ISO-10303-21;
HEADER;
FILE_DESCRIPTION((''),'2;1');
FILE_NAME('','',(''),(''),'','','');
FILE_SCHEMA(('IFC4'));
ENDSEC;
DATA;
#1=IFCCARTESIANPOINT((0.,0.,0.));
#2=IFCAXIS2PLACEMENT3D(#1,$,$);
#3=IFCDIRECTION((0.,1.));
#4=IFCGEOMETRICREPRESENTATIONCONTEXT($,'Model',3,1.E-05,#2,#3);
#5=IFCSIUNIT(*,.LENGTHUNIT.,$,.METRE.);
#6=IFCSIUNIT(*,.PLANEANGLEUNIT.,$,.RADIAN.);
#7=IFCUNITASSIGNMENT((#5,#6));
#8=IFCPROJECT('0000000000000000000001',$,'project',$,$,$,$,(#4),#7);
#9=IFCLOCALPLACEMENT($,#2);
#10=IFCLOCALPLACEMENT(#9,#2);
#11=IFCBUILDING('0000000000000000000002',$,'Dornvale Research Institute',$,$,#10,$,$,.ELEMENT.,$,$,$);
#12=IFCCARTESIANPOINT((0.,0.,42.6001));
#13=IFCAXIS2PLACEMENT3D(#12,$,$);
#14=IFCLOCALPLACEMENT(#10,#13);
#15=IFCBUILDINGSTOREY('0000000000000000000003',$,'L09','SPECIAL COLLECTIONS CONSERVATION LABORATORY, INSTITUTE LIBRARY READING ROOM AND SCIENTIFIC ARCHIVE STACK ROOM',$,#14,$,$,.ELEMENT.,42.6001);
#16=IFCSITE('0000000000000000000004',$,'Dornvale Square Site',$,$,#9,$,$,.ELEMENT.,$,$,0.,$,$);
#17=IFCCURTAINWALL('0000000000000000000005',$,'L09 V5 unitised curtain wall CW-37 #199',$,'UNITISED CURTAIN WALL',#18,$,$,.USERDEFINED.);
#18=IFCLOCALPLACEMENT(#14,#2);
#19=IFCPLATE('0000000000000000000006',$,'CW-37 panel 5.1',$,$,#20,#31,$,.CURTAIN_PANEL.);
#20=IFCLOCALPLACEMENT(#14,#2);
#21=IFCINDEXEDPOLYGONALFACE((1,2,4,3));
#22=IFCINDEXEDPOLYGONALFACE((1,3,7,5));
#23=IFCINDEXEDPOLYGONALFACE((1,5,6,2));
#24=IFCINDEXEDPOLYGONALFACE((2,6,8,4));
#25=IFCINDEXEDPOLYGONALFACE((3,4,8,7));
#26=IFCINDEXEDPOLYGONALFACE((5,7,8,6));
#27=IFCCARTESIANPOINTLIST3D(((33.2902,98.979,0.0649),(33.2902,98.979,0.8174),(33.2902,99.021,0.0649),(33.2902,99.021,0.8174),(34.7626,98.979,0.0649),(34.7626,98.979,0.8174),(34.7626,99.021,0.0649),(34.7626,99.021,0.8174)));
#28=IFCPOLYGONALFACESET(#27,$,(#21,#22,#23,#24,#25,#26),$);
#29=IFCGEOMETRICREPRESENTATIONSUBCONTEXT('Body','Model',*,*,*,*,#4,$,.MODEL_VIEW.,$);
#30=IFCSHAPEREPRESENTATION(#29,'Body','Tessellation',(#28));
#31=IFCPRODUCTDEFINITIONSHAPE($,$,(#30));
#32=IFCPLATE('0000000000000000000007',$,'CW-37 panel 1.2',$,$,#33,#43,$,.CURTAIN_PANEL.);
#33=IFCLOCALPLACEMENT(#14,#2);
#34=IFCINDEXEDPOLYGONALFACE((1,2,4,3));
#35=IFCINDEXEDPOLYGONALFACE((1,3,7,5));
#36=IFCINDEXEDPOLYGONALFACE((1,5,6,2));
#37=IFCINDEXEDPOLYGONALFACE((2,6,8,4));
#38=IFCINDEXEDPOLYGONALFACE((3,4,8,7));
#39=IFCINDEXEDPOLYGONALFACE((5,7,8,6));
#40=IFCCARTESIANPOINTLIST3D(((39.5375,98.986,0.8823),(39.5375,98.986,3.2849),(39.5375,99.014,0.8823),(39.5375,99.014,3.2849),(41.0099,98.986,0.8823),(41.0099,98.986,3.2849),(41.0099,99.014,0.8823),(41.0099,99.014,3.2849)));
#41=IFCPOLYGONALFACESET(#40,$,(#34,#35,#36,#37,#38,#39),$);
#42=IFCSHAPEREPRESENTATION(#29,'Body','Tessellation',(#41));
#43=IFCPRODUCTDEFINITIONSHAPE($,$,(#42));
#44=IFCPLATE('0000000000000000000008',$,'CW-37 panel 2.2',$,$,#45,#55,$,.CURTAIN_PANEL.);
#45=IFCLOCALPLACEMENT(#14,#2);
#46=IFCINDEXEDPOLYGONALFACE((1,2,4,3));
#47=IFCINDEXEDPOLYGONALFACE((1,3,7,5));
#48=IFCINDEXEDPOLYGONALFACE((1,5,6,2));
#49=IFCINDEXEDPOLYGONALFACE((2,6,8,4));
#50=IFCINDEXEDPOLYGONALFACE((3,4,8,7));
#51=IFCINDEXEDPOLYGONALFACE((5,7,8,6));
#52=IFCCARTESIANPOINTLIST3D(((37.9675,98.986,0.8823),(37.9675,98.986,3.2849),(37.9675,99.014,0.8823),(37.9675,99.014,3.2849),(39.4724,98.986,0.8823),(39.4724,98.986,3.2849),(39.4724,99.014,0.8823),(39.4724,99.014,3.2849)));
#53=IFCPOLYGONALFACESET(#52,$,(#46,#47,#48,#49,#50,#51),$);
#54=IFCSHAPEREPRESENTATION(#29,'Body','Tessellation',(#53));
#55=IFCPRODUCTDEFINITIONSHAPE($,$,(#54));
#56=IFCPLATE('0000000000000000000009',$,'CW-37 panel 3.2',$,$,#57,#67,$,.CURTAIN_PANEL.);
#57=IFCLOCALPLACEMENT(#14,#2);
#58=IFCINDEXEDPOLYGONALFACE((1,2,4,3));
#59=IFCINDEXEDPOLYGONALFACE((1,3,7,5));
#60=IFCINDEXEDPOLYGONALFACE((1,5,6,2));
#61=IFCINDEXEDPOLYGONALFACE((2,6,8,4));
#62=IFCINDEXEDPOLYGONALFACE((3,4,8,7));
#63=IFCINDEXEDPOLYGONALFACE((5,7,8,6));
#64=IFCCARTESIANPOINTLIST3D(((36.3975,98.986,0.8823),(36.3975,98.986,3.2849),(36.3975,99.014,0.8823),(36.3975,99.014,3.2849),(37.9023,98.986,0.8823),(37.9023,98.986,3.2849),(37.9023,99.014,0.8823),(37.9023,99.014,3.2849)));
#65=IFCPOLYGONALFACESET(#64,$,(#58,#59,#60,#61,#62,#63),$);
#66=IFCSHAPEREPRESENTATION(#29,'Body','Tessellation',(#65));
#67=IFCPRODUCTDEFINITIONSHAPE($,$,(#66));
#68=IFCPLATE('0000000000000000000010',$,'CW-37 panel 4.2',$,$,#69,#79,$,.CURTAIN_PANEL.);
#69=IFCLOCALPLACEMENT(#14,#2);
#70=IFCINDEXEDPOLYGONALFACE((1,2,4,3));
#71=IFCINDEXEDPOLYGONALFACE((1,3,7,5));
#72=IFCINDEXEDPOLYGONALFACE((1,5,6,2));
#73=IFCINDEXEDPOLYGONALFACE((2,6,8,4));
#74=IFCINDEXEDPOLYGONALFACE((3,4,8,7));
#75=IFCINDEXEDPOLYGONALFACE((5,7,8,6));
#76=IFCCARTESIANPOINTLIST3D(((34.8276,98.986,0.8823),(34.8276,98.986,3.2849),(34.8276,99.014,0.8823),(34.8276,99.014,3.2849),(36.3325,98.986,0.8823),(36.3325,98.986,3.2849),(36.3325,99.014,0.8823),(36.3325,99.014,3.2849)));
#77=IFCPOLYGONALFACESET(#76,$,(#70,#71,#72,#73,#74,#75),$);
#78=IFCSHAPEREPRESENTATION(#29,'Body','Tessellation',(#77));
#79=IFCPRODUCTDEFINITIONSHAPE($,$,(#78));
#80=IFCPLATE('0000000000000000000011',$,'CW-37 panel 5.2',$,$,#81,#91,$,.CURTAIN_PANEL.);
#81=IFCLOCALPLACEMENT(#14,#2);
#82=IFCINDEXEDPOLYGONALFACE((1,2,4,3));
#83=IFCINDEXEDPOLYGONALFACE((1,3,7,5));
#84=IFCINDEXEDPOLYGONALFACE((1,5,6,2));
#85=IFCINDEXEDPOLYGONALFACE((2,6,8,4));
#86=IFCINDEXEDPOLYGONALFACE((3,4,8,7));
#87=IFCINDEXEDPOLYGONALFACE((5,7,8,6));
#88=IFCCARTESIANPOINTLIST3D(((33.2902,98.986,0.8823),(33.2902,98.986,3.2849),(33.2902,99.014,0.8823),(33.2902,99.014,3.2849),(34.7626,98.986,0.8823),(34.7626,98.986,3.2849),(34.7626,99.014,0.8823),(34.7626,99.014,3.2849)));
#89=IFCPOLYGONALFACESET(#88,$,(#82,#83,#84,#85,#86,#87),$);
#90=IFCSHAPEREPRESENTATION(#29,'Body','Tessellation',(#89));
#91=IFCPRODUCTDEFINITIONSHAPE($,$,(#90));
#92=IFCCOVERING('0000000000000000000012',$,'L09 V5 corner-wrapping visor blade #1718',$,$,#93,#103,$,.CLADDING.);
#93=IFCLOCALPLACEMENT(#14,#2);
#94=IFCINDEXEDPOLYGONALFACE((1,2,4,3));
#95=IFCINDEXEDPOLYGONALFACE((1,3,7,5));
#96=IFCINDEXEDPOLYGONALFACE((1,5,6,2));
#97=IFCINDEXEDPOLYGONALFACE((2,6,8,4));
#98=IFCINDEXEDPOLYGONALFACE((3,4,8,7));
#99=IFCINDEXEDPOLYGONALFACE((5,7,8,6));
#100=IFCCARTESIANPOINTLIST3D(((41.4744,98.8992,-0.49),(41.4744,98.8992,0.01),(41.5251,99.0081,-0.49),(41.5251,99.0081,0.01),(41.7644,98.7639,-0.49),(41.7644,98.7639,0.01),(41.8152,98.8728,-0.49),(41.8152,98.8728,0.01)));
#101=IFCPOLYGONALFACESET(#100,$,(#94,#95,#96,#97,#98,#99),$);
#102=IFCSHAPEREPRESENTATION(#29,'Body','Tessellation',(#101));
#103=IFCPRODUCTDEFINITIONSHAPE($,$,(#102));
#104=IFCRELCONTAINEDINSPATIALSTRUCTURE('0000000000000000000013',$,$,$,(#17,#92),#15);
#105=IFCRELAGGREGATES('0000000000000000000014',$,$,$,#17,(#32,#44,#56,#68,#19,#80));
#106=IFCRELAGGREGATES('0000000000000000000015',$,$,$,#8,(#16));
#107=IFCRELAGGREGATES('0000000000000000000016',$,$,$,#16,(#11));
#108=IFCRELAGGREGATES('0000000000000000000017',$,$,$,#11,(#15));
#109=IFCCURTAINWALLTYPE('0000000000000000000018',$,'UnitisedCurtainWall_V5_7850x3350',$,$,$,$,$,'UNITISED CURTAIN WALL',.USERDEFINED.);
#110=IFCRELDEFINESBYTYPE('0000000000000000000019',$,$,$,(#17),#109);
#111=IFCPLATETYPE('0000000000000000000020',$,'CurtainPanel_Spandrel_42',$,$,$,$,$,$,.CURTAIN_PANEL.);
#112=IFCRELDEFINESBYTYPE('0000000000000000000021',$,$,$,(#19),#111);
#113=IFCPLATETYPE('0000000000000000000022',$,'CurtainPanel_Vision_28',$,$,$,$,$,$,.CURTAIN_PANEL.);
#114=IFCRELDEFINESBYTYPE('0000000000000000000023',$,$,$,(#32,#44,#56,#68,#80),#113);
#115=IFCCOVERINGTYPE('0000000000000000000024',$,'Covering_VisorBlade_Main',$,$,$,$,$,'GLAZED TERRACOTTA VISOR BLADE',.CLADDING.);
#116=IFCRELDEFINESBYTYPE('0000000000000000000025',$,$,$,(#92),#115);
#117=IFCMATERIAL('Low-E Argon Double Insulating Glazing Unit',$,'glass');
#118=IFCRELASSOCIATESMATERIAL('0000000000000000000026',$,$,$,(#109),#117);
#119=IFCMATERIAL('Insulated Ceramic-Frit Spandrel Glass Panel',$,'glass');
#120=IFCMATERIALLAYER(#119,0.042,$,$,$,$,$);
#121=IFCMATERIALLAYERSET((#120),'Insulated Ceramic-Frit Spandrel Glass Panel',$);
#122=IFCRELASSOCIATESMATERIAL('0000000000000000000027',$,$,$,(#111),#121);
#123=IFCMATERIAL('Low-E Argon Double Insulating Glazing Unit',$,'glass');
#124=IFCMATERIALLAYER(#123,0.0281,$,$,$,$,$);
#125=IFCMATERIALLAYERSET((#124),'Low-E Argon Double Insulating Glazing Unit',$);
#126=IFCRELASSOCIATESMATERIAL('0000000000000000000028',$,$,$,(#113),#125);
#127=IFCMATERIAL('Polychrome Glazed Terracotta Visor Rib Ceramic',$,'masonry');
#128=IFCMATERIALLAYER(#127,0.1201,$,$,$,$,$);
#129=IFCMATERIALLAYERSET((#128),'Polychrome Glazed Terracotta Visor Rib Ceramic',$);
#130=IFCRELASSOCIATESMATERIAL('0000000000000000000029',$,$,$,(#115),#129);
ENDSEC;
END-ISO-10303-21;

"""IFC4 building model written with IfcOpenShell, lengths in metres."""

from ifc_helpers import new_model, si_unit, direction, frame, origin, origin_2d, place, context, subcontext, project, spatial, rectangle, extrude, material, layer, layer_set, type_object, element, aggregate, save


model = new_model("IFC4")

# Units and contexts
model_context = context("Model", 3, precision=1e-05, world=origin(), true_north=direction((0.0, 1.0)))
body_context = subcontext(model_context, "Body", "Model", "MODEL_VIEW")
ifc_project = project(units=[si_unit("LENGTHUNIT", "METRE"), si_unit("PLANEANGLEUNIT", "RADIAN")], contexts=[model_context])

# Site, building, storey
site_placement = place(None, origin())
site = spatial("IfcSite", under=ifc_project, at=site_placement, Name="Dornvale Square Site", CompositionType="ELEMENT", RefElevation=0.0)
building_placement = place(site_placement, origin())
building = spatial("IfcBuilding", under=site, at=building_placement, Name="Dornvale Research Institute", CompositionType="ELEMENT")
storey_placement = place(building_placement, frame((0.0, 0.0, 42.6001)))
storey = spatial("IfcBuildingStorey", under=building, at=storey_placement, Name="L09", Description="SPECIAL COLLECTIONS CONSERVATION LABORATORY, INSTITUTE LIBRARY READING ROOM AND SCIENTIFIC ARCHIVE STACK ROOM", CompositionType="ELEMENT", Elevation=42.6001)

# Curtain wall
ifc_material_1 = material(Name="Low-E Argon Double Insulating Glazing Unit", Category="glass")
curtain_wall_type = type_object("IfcCurtainWallType", Name="UnitisedCurtainWall_V5_7850x3350", ElementType="UNITISED CURTAIN WALL", PredefinedType="USERDEFINED", material=ifc_material_1)
curtain_wall_placement = place(storey_placement, origin())
curtain_wall = element("IfcCurtainWall", 1, at=curtain_wall_placement, inside=storey, type_object=curtain_wall_type, Name="L09 V5 unitised curtain wall CW-37 #199", ObjectType="UNITISED CURTAIN WALL", PredefinedType="USERDEFINED")

# Plates
ifc_material_2 = material(Name="Insulated Ceramic-Frit Spandrel Glass Panel", Category="glass")
ifc_layer_1 = layer(ifc_material_2, 0.042)
ifc_layer_set_1 = layer_set([ifc_layer_1], Name="Insulated Ceramic-Frit Spandrel Glass Panel")
plate_type_1 = type_object("IfcPlateType", Name="CurtainPanel_Spandrel_42", PredefinedType="CURTAIN_PANEL", material=ifc_layer_set_1)
plate_1_placement = place(storey_placement, frame((34.0264, 99.0, 0.0649), z_axis=(0.0, 0.0, 1.0), x_axis=(-1.0, 0.0, 0.0)))
plate_1 = element("IfcPlate", 2, at=plate_1_placement, type_object=plate_type_1, Name="CW-37 panel 5.1", PredefinedType="CURTAIN_PANEL", context=body_context, shape_type="SweptSolid", body=[
    extrude(rectangle(XDim=1.4724, YDim=0.042, at=origin_2d()), origin(), (0.0, 0.0, 1.0), 0.7524),
])
ifc_material_3 = material(Name="Low-E Argon Double Insulating Glazing Unit", Category="glass")
ifc_layer_2 = layer(ifc_material_3, 0.0281)
ifc_layer_set_2 = layer_set([ifc_layer_2], Name="Low-E Argon Double Insulating Glazing Unit")
plate_type_2 = type_object("IfcPlateType", Name="CurtainPanel_Vision_28", PredefinedType="CURTAIN_PANEL", material=ifc_layer_set_2)
plate_2_placement = place(storey_placement, frame((40.2737, 99.0, 0.8823), z_axis=(0.0, 0.0, 1.0), x_axis=(-1.0, 0.0, 0.0)))
plate_2 = element("IfcPlate", 3, at=plate_2_placement, type_object=plate_type_2, Name="CW-37 panel 1.2", PredefinedType="CURTAIN_PANEL", context=body_context, shape_type="SweptSolid", body=[
    extrude(rectangle(XDim=1.4724, YDim=0.0281, at=origin_2d()), origin(), (0.0, 0.0, 1.0), 2.4026),
])
plate_3_placement = place(storey_placement, frame((38.72, 99.0, 0.8823), z_axis=(0.0, 0.0, 1.0), x_axis=(-1.0, 0.0, 0.0)))
plate_3 = element("IfcPlate", 4, at=plate_3_placement, type_object=plate_type_2, Name="CW-37 panel 2.2", PredefinedType="CURTAIN_PANEL", context=body_context, shape_type="SweptSolid", body=[
    extrude(rectangle(XDim=1.5049, YDim=0.0281, at=origin_2d()), origin(), (0.0, 0.0, 1.0), 2.4026),
])
plate_4_placement = place(storey_placement, frame((37.1499, 99.0, 0.8823), z_axis=(0.0, 0.0, 1.0), x_axis=(-1.0, 0.0, 0.0)))
plate_4 = element("IfcPlate", 5, at=plate_4_placement, type_object=plate_type_2, Name="CW-37 panel 3.2", PredefinedType="CURTAIN_PANEL", context=body_context, shape_type="SweptSolid", body=[
    extrude(rectangle(XDim=1.5049, YDim=0.0281, at=origin_2d()), origin(), (0.0, 0.0, 1.0), 2.4026),
])
plate_5_placement = place(storey_placement, frame((35.5801, 99.0, 0.8823), z_axis=(0.0, 0.0, 1.0), x_axis=(-1.0, 0.0, 0.0)))
plate_5 = element("IfcPlate", 6, at=plate_5_placement, type_object=plate_type_2, Name="CW-37 panel 4.2", PredefinedType="CURTAIN_PANEL", context=body_context, shape_type="SweptSolid", body=[
    extrude(rectangle(XDim=1.5049, YDim=0.0281, at=origin_2d()), origin(), (0.0, 0.0, 1.0), 2.4026),
])
plate_6_placement = place(storey_placement, frame((34.0264, 99.0, 0.8823), z_axis=(0.0, 0.0, 1.0), x_axis=(-1.0, 0.0, 0.0)))
plate_6 = element("IfcPlate", 7, at=plate_6_placement, type_object=plate_type_2, Name="CW-37 panel 5.2", PredefinedType="CURTAIN_PANEL", context=body_context, shape_type="SweptSolid", body=[
    extrude(rectangle(XDim=1.4724, YDim=0.0281, at=origin_2d()), origin(), (0.0, 0.0, 1.0), 2.4026),
])
aggregate(curtain_wall, [plate_2, plate_3, plate_4, plate_5, plate_1, plate_6])

# Covering
ifc_material_4 = material(Name="Polychrome Glazed Terracotta Visor Rib Ceramic", Category="masonry")
ifc_layer_3 = layer(ifc_material_4, 0.1201)
ifc_layer_set_3 = layer_set([ifc_layer_3], Name="Polychrome Glazed Terracotta Visor Rib Ceramic")
covering_type = type_object("IfcCoveringType", Name="Covering_VisorBlade_Main", ElementType="GLAZED TERRACOTTA VISOR BLADE", PredefinedType="CLADDING", material=ifc_layer_set_3)
covering_placement = place(storey_placement, frame((41.6448, 98.886, -0.49), z_axis=(0.0, 0.0, 1.0), x_axis=(0.906308, -0.422618, 0.0)))
element("IfcCovering", 8, at=covering_placement, inside=storey, type_object=covering_type, Name="L09 V5 corner-wrapping visor blade #1718", PredefinedType="CLADDING", context=body_context, shape_type="SweptSolid", body=[
    extrude(rectangle(XDim=0.3201, YDim=0.1201, at=origin_2d()), origin(), (0.0, 0.0, 1.0), 0.5),
])

save(model, "model.ifc")
